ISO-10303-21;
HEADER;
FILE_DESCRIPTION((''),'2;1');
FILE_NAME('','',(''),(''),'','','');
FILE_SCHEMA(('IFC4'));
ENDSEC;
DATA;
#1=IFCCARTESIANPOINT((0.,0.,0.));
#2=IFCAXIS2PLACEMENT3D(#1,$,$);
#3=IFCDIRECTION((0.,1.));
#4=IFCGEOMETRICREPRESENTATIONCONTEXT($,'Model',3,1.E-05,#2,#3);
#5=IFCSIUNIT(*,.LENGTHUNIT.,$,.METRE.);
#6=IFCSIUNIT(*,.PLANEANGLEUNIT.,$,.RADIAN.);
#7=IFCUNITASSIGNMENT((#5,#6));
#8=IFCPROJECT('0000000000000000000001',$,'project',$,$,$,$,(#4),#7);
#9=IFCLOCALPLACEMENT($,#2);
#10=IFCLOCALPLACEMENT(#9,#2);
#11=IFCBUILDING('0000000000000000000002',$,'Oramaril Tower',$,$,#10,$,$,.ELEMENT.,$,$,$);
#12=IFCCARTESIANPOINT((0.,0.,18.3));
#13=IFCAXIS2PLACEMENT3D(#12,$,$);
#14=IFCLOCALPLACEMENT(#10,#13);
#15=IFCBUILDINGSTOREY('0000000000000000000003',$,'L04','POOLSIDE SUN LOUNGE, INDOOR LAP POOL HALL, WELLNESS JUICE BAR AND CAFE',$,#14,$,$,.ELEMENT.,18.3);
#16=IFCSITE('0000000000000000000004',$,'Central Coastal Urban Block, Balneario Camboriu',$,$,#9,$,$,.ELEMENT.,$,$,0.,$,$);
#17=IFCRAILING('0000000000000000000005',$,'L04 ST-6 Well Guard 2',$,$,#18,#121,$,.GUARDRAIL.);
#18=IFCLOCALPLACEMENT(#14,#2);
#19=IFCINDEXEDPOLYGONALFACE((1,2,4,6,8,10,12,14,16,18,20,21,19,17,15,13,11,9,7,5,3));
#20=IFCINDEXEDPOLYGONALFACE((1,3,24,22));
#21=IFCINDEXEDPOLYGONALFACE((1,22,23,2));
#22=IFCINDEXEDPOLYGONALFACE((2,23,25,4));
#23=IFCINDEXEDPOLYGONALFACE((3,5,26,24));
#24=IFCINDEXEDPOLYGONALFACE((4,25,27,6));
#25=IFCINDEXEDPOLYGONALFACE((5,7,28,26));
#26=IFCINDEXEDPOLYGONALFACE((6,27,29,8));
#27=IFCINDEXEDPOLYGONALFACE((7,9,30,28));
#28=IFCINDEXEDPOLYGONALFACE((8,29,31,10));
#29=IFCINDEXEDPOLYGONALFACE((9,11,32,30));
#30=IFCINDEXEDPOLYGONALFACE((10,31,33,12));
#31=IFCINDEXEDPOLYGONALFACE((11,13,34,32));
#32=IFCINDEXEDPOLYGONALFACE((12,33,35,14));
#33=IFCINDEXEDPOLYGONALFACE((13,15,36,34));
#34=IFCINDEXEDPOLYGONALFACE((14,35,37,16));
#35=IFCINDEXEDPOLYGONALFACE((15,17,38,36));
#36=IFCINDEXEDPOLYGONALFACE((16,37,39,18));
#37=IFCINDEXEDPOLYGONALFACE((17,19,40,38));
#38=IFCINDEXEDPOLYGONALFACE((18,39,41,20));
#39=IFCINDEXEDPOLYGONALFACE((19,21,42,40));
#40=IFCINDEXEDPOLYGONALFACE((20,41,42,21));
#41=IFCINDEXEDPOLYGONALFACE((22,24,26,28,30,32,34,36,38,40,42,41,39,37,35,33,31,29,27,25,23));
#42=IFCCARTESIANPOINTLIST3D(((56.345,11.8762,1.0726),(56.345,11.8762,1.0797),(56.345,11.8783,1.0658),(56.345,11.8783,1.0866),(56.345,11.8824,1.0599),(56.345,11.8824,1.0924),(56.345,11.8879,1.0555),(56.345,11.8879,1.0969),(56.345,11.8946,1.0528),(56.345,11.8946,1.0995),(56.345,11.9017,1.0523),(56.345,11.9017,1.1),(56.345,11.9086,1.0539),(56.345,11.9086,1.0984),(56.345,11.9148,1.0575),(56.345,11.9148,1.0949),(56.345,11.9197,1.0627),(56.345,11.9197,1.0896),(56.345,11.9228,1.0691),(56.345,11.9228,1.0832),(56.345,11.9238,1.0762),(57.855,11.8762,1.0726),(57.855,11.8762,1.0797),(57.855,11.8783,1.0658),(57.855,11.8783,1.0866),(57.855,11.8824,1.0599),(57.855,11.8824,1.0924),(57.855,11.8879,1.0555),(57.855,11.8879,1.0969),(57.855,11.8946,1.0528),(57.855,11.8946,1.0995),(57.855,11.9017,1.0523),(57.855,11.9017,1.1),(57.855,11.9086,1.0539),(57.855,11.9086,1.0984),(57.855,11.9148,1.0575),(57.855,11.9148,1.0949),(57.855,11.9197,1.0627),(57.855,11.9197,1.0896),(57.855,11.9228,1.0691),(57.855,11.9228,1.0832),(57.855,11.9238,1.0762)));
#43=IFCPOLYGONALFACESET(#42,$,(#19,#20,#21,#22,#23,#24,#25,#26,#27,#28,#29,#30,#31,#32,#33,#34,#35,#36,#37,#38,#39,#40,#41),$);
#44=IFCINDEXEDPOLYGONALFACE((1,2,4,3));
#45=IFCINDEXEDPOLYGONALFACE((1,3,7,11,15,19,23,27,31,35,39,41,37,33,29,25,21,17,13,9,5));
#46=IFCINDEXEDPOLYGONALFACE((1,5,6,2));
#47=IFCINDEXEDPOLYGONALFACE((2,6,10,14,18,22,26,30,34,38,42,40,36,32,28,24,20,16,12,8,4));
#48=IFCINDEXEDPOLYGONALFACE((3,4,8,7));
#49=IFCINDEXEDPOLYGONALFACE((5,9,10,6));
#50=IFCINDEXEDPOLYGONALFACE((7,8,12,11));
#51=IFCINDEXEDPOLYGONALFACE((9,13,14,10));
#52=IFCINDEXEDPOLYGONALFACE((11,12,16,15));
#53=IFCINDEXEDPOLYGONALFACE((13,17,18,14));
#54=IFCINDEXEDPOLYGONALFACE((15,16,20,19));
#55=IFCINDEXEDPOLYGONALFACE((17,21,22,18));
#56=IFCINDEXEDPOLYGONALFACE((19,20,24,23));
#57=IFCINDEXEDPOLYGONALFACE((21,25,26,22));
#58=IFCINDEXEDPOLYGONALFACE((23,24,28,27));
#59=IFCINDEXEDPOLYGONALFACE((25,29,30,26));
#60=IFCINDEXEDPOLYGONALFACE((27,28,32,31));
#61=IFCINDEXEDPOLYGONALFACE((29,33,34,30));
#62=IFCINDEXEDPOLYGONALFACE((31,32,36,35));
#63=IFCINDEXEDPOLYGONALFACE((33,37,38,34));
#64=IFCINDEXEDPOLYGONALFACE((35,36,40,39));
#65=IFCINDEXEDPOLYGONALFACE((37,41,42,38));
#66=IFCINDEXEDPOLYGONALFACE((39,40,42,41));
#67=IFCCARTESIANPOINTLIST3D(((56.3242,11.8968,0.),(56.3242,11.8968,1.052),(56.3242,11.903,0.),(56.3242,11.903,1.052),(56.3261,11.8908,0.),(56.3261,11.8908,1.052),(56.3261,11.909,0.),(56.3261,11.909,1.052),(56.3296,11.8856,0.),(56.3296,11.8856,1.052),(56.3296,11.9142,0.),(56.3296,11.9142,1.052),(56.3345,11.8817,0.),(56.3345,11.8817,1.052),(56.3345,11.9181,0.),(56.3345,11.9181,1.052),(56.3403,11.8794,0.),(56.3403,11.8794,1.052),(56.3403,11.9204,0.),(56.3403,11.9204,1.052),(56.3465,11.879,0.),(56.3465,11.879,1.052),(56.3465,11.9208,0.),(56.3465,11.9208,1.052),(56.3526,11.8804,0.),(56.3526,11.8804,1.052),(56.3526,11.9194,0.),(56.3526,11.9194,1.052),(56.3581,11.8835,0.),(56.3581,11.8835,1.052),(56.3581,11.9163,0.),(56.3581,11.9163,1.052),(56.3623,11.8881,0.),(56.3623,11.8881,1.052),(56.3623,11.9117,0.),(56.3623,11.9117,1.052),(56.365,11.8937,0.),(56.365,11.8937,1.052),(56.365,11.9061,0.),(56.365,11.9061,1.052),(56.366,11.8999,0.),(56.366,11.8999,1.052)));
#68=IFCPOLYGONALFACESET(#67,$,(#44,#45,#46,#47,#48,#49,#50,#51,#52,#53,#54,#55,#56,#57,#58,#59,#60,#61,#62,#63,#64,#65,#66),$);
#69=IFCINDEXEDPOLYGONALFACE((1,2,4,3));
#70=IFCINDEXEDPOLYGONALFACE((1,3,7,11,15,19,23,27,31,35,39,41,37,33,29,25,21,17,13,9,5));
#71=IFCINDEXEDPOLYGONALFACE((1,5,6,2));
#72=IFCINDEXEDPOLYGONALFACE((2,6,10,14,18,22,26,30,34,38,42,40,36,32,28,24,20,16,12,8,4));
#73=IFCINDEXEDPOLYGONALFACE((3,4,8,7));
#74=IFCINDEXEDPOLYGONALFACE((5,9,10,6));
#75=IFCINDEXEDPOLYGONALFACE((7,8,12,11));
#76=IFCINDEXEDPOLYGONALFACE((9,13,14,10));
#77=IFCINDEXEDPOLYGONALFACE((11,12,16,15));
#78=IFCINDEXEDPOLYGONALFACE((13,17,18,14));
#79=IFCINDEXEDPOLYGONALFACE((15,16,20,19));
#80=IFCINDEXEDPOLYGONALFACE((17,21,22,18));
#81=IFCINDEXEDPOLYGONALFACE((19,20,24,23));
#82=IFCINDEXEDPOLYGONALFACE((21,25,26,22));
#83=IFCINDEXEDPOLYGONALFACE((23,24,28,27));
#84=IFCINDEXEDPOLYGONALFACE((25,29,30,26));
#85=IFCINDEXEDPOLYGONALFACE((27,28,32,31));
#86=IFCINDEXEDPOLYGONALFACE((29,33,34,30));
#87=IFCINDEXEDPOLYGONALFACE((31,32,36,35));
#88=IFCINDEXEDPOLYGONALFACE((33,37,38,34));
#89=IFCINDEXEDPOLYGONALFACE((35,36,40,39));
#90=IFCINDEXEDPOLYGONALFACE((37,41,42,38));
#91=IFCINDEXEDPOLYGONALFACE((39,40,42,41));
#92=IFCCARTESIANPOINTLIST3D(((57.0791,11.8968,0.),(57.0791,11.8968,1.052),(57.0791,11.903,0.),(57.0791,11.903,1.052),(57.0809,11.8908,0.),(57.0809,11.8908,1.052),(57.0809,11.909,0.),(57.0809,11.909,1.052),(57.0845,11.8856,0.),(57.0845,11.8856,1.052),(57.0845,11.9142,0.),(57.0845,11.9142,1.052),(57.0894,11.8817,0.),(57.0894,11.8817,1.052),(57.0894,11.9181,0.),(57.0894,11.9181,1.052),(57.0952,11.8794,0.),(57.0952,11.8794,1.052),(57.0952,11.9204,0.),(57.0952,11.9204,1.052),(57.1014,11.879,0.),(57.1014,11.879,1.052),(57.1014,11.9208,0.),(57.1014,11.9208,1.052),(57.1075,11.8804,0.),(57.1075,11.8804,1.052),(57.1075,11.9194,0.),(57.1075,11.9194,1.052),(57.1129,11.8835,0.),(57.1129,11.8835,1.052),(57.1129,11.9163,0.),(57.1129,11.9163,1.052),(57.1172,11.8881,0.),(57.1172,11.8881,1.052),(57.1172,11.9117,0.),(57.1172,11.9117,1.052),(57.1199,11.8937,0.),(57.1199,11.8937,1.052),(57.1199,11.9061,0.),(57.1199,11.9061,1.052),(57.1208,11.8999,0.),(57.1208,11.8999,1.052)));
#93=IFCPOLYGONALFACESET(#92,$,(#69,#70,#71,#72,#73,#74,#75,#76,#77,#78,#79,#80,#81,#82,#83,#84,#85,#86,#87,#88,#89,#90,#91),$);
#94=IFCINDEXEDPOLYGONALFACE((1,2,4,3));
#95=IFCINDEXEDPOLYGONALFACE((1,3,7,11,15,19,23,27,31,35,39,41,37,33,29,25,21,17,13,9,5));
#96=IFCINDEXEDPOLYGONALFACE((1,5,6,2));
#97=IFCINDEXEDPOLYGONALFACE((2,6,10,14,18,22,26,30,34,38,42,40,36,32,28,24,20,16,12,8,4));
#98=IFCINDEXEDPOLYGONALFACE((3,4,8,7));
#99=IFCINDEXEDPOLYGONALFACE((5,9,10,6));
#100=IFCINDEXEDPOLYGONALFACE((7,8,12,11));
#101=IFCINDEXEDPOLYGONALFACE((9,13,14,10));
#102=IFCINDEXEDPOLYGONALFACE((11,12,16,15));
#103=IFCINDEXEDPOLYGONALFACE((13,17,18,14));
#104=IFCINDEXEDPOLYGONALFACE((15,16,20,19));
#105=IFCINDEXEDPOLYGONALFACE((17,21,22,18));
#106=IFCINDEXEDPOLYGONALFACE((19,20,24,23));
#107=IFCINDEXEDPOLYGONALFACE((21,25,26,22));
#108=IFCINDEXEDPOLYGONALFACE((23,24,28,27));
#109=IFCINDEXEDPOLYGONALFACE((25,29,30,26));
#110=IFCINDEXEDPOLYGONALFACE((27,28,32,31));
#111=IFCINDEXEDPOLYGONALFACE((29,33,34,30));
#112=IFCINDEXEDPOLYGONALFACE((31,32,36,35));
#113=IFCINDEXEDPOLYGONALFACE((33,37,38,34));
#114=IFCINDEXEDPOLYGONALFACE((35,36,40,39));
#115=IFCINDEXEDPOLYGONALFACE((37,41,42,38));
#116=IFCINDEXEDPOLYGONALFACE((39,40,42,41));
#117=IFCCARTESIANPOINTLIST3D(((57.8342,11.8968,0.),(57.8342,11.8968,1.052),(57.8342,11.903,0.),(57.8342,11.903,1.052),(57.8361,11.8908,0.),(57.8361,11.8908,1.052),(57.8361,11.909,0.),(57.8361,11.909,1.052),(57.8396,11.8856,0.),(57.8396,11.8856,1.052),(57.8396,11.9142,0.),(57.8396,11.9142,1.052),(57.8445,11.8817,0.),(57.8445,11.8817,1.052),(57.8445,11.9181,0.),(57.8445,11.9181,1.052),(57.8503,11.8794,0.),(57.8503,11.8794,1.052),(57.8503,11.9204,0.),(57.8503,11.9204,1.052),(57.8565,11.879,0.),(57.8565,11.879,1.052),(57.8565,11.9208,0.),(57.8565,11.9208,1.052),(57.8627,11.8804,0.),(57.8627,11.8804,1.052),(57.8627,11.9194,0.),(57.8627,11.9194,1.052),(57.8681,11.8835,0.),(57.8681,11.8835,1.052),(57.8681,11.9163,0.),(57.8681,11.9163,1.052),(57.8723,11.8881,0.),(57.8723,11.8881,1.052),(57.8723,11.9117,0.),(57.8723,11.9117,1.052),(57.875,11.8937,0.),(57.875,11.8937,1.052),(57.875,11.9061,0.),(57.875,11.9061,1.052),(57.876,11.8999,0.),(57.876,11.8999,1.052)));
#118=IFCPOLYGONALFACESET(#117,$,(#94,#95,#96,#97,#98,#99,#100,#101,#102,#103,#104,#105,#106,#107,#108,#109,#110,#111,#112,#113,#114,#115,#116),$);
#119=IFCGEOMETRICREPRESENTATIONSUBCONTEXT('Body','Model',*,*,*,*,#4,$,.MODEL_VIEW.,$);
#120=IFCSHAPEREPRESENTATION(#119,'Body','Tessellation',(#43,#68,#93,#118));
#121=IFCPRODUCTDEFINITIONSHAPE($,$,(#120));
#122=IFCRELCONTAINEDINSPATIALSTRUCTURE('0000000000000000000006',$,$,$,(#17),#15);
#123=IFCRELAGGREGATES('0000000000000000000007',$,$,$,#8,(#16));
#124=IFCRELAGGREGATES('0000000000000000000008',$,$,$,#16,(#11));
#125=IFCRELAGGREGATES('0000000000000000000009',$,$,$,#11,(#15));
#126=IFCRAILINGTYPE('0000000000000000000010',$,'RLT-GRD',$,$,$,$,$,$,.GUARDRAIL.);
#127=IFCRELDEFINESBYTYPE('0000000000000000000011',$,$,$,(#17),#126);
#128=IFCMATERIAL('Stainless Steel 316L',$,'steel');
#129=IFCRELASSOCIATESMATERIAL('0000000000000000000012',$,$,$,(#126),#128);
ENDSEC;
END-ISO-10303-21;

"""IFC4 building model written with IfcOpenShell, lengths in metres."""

from ifc_helpers import new_model, si_unit, direction, frame, origin, origin_2d, place, context, subcontext, project, spatial, circle, extrude, material, type_object, element, save


model = new_model("IFC4")

# Units and contexts
model_context = context("Model", 3, precision=1e-05, world=origin(), true_north=direction((0.0, 1.0)))
body_context = subcontext(model_context, "Body", "Model", "MODEL_VIEW")
ifc_project = project(units=[si_unit("LENGTHUNIT", "METRE"), si_unit("PLANEANGLEUNIT", "RADIAN")], contexts=[model_context])

# Site, building, storey
site_placement = place(None, origin())
site = spatial("IfcSite", under=ifc_project, at=site_placement, Name="Central Coastal Urban Block, Balneario Camboriu", CompositionType="ELEMENT", RefElevation=0.0)
building_placement = place(site_placement, origin())
building = spatial("IfcBuilding", under=site, at=building_placement, Name="Oramaril Tower", CompositionType="ELEMENT")
storey_placement = place(building_placement, frame((0.0, 0.0, 18.3)))
storey = spatial("IfcBuildingStorey", under=building, at=storey_placement, Name="L04", Description="POOLSIDE SUN LOUNGE, INDOOR LAP POOL HALL, WELLNESS JUICE BAR AND CAFE", CompositionType="ELEMENT", Elevation=18.3)

# Railing
ifc_material_1 = material(Name="Stainless Steel 316L", Category="steel")
railing_type_1 = type_object("IfcRailingType", Name="RLT-GRD", PredefinedType="GUARDRAIL", material=ifc_material_1)
railing_1_placement = place(storey_placement, frame((56.345, 11.8999, 0.0)))
element("IfcRailing", 1, at=railing_1_placement, inside=storey, type_object=railing_type_1, Name="L04 ST-6 Well Guard 2", PredefinedType="GUARDRAIL", context=body_context, shape_type="SweptSolid", body=[
    extrude(circle(Radius=0.0239, at=origin_2d()), frame((0.0, 0.0, 1.0762), z_axis=(1.0, 0.0, 0.0), x_axis=(0.0, 1.0, 0.0)), (0.0, 0.0, 1.0), 1.51),
    extrude(circle(Radius=0.021, at=origin_2d()), origin(), (0.0, 0.0, 1.0), 1.052),
    extrude(circle(Radius=0.021, at=origin_2d()), frame((0.7549, 0.0, 0.0)), (0.0, 0.0, 1.0), 1.052),
    extrude(circle(Radius=0.021, at=origin_2d()), frame((1.51, 0.0, 0.0)), (0.0, 0.0, 1.0), 1.052),
])

save(model, "model.ifc")
